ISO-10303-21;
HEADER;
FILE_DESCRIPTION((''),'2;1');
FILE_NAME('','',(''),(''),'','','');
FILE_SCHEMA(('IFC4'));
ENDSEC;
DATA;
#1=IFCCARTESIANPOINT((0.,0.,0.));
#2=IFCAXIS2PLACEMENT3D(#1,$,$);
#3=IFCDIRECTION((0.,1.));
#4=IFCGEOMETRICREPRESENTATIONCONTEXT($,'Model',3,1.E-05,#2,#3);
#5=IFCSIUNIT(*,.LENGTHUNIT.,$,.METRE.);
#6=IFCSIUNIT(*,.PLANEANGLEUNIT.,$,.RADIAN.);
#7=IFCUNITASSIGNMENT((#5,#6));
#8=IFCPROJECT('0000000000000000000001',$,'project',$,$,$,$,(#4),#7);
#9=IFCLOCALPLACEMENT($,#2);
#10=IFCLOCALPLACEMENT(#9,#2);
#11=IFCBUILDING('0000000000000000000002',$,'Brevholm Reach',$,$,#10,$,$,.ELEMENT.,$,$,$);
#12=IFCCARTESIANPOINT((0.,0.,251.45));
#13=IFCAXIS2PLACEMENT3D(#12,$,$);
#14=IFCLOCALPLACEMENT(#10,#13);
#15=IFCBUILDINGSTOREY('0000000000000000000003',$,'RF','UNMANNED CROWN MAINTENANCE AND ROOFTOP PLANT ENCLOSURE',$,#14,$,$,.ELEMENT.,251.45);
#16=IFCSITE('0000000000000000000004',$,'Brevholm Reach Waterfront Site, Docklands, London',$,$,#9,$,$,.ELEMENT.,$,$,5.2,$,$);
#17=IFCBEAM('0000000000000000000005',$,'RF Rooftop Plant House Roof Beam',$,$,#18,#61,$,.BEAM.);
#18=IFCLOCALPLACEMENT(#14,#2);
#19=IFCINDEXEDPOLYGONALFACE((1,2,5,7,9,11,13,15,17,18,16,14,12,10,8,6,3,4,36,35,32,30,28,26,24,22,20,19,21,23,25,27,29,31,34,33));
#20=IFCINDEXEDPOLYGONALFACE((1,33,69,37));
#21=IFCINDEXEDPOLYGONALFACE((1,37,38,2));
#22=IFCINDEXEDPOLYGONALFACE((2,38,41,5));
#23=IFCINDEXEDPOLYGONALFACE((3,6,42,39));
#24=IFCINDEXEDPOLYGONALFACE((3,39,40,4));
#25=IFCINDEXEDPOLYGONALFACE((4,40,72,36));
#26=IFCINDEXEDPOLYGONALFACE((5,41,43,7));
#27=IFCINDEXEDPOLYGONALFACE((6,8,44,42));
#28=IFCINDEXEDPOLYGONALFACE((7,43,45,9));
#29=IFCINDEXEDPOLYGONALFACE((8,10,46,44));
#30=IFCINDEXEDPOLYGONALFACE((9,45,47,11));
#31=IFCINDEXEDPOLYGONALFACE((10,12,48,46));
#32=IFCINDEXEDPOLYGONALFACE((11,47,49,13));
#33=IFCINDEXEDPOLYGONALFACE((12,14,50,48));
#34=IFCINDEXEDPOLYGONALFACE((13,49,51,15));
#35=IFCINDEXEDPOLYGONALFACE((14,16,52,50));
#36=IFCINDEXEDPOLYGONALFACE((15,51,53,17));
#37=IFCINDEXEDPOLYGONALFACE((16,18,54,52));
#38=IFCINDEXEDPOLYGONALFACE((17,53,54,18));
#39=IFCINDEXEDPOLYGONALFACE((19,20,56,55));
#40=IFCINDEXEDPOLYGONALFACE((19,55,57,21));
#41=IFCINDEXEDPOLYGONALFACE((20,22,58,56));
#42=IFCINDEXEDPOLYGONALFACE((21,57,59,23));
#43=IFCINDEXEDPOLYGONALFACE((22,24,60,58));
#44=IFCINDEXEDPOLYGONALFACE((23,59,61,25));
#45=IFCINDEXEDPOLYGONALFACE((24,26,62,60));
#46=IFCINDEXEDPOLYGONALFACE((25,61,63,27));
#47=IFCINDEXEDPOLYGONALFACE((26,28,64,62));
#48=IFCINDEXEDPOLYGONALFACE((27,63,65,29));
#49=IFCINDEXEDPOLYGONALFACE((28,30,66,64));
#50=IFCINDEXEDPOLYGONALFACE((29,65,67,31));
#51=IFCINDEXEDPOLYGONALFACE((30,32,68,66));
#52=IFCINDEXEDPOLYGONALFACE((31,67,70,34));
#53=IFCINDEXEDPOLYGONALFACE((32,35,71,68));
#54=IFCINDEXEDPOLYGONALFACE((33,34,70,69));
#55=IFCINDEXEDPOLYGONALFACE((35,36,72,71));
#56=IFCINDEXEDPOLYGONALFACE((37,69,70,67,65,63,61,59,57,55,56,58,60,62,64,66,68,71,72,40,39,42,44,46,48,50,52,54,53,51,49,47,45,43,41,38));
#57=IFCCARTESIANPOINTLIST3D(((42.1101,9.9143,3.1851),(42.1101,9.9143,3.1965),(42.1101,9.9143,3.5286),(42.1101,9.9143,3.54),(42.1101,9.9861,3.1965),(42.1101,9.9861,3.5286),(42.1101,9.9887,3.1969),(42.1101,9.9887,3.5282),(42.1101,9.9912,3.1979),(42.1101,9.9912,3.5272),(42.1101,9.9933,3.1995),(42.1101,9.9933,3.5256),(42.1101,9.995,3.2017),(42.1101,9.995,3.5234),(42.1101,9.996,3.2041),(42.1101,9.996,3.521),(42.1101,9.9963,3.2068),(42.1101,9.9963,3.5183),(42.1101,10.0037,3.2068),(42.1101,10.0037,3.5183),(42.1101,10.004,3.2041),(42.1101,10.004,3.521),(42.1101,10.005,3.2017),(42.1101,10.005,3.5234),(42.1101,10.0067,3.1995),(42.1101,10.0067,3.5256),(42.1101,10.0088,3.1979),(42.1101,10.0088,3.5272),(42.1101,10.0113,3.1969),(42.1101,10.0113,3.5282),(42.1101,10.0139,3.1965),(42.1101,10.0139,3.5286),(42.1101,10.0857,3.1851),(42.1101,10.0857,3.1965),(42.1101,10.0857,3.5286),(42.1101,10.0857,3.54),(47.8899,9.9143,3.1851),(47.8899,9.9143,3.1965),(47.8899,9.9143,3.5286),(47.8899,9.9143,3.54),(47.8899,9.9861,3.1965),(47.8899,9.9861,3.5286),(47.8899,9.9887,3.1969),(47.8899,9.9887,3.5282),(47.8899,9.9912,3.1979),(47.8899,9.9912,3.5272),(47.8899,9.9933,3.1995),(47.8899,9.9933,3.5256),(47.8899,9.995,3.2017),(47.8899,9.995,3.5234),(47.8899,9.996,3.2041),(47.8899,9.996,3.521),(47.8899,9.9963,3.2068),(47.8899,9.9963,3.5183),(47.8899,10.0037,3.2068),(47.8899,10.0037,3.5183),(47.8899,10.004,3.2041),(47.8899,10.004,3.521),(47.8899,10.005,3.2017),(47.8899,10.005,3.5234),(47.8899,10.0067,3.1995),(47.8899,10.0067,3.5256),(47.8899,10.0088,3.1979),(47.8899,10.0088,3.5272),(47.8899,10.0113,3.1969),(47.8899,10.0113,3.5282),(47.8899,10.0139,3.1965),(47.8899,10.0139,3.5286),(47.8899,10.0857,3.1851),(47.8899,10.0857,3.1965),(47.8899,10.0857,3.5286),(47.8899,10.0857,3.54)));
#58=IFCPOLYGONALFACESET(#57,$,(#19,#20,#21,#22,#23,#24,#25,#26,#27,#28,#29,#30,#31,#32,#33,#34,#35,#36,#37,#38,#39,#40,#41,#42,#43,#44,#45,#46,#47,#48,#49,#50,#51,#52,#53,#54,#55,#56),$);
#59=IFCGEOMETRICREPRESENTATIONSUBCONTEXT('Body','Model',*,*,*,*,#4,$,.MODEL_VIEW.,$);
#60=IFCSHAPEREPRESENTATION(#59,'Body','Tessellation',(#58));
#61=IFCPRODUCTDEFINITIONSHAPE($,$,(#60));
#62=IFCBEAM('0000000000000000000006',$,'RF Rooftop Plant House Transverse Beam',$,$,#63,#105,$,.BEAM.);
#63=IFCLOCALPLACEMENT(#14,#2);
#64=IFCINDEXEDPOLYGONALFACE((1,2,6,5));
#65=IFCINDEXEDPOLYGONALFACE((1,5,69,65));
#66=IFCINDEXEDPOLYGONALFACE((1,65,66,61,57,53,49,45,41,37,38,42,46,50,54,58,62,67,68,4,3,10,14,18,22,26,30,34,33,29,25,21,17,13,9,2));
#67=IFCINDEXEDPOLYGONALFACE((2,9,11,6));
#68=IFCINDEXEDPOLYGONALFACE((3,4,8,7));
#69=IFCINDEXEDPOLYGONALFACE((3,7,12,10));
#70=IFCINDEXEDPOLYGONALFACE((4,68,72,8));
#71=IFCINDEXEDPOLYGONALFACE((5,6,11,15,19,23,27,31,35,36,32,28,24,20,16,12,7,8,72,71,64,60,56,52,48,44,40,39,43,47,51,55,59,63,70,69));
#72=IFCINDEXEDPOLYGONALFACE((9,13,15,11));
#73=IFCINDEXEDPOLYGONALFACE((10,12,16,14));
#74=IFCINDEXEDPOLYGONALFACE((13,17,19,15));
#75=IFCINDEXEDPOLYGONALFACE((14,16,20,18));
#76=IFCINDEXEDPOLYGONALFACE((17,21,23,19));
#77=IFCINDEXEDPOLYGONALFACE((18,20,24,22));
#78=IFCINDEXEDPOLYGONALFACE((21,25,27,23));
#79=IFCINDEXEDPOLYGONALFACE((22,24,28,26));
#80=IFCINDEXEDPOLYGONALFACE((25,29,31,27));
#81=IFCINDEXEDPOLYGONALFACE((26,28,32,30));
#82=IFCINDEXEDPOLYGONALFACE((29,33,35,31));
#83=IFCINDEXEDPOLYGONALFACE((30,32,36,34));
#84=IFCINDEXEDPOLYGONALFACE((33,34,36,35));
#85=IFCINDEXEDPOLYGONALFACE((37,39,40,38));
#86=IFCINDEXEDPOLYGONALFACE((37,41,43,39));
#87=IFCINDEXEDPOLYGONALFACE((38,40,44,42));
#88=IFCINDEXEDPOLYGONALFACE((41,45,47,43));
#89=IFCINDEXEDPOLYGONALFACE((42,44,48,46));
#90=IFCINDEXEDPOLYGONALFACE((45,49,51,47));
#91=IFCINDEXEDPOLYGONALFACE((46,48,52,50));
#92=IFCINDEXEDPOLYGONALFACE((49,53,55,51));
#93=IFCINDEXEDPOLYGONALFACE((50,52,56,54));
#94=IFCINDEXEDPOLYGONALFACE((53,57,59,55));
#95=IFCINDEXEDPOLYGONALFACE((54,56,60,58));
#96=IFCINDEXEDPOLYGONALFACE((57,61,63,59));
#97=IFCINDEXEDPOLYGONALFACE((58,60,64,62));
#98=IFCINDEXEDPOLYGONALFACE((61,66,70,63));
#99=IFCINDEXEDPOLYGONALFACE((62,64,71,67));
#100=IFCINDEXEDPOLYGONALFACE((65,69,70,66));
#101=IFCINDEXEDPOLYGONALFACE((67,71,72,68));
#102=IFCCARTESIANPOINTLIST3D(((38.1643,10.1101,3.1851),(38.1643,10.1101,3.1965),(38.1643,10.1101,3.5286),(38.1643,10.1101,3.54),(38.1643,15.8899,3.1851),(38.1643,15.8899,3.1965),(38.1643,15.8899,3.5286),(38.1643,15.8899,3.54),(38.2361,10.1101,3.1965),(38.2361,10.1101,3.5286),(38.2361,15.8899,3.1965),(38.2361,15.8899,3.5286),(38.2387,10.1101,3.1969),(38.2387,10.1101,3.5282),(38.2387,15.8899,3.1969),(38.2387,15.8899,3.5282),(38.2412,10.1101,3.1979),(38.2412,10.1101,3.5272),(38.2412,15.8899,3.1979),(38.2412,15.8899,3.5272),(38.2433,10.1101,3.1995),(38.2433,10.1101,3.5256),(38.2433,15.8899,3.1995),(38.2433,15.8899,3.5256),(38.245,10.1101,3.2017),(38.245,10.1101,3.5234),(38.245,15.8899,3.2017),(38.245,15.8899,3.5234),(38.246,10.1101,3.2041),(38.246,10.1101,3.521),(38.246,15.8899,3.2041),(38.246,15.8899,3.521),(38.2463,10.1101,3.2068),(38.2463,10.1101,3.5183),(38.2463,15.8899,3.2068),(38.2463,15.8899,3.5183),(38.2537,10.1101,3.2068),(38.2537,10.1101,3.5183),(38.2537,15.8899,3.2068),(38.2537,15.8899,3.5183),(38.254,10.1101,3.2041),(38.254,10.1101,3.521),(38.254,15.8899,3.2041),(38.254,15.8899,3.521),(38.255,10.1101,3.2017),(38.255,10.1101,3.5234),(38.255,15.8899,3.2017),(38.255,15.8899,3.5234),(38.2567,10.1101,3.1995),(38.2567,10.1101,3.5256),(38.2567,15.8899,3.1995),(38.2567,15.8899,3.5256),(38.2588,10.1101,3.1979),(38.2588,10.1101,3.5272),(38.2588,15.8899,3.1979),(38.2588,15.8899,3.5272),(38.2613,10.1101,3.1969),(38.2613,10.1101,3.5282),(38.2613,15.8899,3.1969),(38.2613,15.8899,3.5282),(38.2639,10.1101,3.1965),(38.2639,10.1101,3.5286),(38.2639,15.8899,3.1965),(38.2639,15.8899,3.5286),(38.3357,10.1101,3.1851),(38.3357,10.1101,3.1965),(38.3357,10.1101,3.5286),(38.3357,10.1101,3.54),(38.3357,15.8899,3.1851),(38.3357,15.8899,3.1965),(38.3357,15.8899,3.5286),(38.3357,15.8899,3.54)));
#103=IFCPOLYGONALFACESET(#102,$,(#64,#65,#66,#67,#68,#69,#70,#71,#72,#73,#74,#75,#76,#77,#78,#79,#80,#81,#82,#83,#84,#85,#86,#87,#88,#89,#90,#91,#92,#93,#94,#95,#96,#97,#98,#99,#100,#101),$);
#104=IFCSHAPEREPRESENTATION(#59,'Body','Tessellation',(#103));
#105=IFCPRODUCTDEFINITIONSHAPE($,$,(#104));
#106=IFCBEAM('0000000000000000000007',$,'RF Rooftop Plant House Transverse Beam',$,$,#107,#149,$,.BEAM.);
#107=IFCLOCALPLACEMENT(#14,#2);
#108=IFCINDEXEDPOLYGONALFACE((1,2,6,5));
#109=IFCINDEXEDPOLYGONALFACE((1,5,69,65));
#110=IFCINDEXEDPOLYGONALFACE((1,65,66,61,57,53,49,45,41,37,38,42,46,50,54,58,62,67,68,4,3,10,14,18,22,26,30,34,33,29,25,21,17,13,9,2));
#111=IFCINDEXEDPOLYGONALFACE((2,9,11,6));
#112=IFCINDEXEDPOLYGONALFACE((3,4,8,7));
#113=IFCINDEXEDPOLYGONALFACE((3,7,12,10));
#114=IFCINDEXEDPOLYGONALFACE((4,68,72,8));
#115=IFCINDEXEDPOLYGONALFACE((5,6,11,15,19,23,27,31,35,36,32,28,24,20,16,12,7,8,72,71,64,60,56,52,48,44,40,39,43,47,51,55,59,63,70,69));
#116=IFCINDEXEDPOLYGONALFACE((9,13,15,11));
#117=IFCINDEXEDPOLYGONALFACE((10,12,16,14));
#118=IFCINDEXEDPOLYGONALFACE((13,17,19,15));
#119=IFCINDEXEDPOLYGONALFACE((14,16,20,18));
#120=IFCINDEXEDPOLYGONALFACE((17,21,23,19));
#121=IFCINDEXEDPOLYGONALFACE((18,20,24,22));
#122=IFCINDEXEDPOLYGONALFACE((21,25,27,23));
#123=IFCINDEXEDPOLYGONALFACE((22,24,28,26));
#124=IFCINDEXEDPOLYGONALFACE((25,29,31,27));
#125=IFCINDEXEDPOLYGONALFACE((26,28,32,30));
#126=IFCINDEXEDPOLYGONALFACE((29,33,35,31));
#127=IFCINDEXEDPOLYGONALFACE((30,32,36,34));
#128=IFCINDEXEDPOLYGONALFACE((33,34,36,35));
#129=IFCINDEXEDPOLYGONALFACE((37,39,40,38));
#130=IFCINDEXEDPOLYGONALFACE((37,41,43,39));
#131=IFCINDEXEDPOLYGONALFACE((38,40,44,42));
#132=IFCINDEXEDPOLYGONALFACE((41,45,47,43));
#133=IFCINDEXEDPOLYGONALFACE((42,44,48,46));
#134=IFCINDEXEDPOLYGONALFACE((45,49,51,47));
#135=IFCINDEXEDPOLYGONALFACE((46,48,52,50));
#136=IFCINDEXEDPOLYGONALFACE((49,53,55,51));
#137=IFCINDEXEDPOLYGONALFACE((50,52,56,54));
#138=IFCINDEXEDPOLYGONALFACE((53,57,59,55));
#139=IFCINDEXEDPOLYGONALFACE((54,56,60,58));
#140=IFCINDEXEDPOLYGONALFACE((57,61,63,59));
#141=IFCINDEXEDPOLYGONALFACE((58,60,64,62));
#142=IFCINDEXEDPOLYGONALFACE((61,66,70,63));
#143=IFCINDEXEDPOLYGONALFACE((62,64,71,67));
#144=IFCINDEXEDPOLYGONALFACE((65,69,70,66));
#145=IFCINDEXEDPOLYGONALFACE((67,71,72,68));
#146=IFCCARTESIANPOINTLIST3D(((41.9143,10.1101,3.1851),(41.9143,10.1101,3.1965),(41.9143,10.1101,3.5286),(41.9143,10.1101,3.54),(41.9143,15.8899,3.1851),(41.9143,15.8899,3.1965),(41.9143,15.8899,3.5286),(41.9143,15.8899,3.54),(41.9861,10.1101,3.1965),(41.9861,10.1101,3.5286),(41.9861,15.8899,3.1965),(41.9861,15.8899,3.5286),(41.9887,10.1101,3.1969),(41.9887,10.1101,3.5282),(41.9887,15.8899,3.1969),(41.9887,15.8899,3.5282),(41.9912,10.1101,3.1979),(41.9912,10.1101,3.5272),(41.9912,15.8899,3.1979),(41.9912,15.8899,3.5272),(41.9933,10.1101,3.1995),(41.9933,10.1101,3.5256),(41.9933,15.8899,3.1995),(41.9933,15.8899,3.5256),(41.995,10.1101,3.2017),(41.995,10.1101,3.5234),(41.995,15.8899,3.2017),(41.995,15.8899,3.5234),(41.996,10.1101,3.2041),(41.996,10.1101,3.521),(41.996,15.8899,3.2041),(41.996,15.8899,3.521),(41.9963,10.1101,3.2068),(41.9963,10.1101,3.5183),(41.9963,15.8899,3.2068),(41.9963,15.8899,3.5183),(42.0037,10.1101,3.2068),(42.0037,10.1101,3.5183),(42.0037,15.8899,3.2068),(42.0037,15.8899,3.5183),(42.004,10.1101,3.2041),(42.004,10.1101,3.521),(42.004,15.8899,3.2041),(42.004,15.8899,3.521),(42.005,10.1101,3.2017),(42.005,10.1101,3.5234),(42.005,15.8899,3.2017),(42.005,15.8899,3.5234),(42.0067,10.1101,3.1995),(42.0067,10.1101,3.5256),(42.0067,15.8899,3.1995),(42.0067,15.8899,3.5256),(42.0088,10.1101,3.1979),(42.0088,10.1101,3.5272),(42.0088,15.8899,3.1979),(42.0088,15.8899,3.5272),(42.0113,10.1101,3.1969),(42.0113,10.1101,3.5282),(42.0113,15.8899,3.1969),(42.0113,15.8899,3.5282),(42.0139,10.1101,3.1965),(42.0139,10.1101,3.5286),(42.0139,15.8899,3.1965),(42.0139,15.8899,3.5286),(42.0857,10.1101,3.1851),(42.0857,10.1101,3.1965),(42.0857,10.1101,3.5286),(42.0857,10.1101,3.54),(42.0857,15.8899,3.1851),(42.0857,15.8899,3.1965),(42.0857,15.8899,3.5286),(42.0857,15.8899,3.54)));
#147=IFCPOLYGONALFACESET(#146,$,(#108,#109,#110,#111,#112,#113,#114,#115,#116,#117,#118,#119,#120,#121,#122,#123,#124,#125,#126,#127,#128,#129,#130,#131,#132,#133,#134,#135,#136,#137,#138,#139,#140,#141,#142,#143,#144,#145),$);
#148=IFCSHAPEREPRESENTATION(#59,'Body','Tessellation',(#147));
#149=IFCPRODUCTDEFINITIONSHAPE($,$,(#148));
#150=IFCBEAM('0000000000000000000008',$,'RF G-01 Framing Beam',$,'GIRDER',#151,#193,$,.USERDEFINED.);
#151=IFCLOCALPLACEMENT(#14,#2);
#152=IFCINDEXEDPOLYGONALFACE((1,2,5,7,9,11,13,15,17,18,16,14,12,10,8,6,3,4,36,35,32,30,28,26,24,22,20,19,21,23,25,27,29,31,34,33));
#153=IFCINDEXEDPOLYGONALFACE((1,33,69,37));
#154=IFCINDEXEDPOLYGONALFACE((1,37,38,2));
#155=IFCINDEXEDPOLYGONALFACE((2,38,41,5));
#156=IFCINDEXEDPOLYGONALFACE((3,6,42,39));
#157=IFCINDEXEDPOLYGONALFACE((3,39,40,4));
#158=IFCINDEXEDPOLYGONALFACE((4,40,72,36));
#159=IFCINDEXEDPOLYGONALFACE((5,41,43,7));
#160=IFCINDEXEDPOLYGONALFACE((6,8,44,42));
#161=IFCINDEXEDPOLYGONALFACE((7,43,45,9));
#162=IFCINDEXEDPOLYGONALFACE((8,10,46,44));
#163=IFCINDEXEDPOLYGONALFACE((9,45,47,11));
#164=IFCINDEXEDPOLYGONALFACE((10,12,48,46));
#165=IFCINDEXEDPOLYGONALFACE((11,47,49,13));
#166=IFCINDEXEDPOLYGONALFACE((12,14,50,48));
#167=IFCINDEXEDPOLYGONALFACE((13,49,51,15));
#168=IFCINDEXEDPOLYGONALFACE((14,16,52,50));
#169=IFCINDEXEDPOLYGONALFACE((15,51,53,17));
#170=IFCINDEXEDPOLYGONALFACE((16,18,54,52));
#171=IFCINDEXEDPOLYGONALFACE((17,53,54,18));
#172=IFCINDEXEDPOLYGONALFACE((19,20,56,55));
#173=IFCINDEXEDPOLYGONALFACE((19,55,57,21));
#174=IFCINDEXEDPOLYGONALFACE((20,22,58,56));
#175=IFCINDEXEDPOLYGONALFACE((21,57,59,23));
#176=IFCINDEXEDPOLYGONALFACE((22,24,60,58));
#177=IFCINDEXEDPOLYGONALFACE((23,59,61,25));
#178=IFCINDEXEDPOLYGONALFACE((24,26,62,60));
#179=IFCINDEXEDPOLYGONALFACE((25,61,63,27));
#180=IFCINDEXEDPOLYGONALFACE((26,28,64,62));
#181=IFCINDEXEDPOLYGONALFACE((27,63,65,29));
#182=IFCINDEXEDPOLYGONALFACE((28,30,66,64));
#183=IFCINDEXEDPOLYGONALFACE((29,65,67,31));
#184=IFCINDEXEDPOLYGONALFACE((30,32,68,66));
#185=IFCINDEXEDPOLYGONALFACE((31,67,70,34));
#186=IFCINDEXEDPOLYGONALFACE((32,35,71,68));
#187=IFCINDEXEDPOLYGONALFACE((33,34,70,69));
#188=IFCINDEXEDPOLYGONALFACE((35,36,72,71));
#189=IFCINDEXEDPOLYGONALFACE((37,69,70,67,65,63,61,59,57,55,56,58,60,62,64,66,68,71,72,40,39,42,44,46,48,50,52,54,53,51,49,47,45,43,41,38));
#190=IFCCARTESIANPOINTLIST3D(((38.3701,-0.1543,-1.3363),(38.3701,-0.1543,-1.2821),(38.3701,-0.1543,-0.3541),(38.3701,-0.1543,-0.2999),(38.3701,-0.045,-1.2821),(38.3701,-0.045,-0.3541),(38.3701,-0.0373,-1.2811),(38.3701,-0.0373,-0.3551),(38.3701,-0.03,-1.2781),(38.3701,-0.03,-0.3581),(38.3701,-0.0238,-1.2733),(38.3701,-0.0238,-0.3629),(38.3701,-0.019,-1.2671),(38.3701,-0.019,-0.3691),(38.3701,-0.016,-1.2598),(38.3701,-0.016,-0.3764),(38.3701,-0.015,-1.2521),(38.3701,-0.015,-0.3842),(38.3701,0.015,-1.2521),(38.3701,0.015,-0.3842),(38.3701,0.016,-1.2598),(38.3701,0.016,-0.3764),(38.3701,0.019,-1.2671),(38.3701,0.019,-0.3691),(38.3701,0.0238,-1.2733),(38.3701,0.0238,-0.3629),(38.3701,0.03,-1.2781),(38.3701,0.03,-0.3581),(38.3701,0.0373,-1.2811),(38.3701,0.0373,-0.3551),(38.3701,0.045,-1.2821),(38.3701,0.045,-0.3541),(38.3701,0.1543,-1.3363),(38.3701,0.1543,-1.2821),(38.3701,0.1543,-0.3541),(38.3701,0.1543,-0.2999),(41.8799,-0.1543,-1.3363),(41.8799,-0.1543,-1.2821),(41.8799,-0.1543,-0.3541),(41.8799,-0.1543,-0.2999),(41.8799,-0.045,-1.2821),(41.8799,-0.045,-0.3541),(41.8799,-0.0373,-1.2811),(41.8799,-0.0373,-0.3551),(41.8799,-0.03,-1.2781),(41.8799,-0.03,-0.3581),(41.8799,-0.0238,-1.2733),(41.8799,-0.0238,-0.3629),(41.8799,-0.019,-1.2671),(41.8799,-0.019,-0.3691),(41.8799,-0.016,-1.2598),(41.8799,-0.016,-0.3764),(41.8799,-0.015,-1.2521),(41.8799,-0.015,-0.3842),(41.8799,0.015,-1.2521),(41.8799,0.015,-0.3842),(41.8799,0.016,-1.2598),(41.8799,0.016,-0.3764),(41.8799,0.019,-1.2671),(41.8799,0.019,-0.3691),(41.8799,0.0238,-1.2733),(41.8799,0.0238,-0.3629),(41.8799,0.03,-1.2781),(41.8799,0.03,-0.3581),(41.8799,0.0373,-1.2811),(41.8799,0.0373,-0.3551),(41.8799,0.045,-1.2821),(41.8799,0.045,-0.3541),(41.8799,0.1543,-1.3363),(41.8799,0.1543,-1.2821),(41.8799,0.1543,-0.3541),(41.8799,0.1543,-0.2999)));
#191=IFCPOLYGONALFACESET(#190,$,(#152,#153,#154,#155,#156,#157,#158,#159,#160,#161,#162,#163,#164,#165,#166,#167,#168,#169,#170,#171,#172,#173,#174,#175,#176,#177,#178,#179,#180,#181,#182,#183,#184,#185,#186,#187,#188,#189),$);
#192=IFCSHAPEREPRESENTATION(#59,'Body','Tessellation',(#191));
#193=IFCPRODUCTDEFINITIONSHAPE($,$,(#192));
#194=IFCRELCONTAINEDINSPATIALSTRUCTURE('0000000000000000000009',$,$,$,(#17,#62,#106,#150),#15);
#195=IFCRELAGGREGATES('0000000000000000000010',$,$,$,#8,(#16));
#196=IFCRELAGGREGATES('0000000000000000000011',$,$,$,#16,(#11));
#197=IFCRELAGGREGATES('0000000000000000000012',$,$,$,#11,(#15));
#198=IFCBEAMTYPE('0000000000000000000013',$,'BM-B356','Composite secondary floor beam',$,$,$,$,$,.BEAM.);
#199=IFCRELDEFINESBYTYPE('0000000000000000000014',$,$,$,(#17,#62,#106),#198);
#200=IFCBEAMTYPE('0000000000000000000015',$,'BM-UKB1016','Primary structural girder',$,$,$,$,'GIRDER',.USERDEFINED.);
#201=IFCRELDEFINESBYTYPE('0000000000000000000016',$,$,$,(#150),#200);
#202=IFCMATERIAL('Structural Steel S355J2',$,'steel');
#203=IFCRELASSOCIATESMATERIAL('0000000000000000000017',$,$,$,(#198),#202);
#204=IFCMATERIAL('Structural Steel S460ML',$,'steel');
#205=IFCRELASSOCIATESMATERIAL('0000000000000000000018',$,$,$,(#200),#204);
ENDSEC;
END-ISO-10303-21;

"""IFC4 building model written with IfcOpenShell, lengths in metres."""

from ifc_helpers import new_model, si_unit, direction, frame, origin, origin_2d, place, context, subcontext, project, spatial, i_section, extrude, material, material_profile, profile_set, type_object, element, save


model = new_model("IFC4")

# Units and contexts
model_context = context("Model", 3, precision=1e-05, world=origin(), true_north=direction((0.0, 1.0)))
body_context = subcontext(model_context, "Body", "Model", "MODEL_VIEW")
ifc_project = project(units=[si_unit("LENGTHUNIT", "METRE"), si_unit("PLANEANGLEUNIT", "RADIAN")], contexts=[model_context])

# Site, building, storey
site_placement = place(None, origin())
site = spatial("IfcSite", under=ifc_project, at=site_placement, Name="Brevholm Reach Waterfront Site, Docklands, London", CompositionType="ELEMENT", RefElevation=5.2)
building_placement = place(site_placement, origin())
building = spatial("IfcBuilding", under=site, at=building_placement, Name="Brevholm Reach", CompositionType="ELEMENT")
storey_placement = place(building_placement, frame((0.0, 0.0, 251.45)))
storey = spatial("IfcBuildingStorey", under=building, at=storey_placement, Name="RF", Description="UNMANNED CROWN MAINTENANCE AND ROOFTOP PLANT ENCLOSURE", CompositionType="ELEMENT", Elevation=251.45)

# Beams
ifc_material_1 = material(Name="Structural Steel S355J2", Category="steel")
ifc_material_profile_1 = material_profile(ifc_material_1, i_section(OverallWidth=0.1714, OverallDepth=0.355, WebThickness=0.0073, FlangeThickness=0.0115, FilletRadius=0.0103, at=origin_2d()), Name="UKB 356x171x51")
ifc_profile_set_1 = profile_set([ifc_material_profile_1], Name="Structural Steel S355J2")
beam_type_1 = type_object("IfcBeamType", Name="BM-B356", Description="Composite secondary floor beam", PredefinedType="BEAM", material=ifc_profile_set_1)
for number, where, z_axis, x_axis, name in (
    (1, (42.1101, 10.0, 3.3625), (1.0, 0.0, 0.0), (0.0, 1.0, 0.0), "RF Rooftop Plant House Roof Beam"),
    (2, (38.25, 10.1101, 3.3625), (0.0, 1.0, 0.0), (-1.0, 0.0, 0.0), "RF Rooftop Plant House Transverse Beam"),
    (3, (42.0, 10.1101, 3.3625), (0.0, 1.0, 0.0), (-1.0, 0.0, 0.0), "RF Rooftop Plant House Transverse Beam"),
):
    element("IfcBeam", number, at=place(storey_placement, frame(where, z_axis=z_axis, x_axis=x_axis)), inside=storey, type_object=beam_type_1, Name=name, PredefinedType="BEAM", context=body_context, shape_type="SweptSolid", body=[
        extrude(i_section(OverallWidth=0.1714, OverallDepth=0.355, WebThickness=0.0073, FlangeThickness=0.0115, FilletRadius=0.0103, at=origin_2d()), origin(), (0.0, 0.0, 1.0), 5.7798),
    ])
ifc_material_2 = material(Name="Structural Steel S460ML", Category="steel")
ifc_material_profile_2 = material_profile(ifc_material_2, i_section(OverallWidth=0.3086, OverallDepth=1.0364, WebThickness=0.03, FlangeThickness=0.0542, FilletRadius=0.03, at=origin_2d()), Name="UKB 1016x305x487")
ifc_profile_set_2 = profile_set([ifc_material_profile_2], Name="Structural Steel S460ML")
beam_type_2 = type_object("IfcBeamType", Name="BM-UKB1016", Description="Primary structural girder", ElementType="GIRDER", PredefinedType="USERDEFINED", material=ifc_profile_set_2)
beam_1_placement = place(storey_placement, frame((38.3701, 0.0, -0.8181), z_axis=(1.0, 0.0, 0.0), x_axis=(0.0, 1.0, 0.0)))
element("IfcBeam", 4, at=beam_1_placement, inside=storey, type_object=beam_type_2, Name="RF G-01 Framing Beam", ObjectType="GIRDER", PredefinedType="USERDEFINED", context=body_context, shape_type="SweptSolid", body=[
    extrude(i_section(OverallWidth=0.3086, OverallDepth=1.0364, WebThickness=0.03, FlangeThickness=0.0542, FilletRadius=0.03, at=origin_2d()), origin(), (0.0, 0.0, 1.0), 3.5098),
])

save(model, "model.ifc")
